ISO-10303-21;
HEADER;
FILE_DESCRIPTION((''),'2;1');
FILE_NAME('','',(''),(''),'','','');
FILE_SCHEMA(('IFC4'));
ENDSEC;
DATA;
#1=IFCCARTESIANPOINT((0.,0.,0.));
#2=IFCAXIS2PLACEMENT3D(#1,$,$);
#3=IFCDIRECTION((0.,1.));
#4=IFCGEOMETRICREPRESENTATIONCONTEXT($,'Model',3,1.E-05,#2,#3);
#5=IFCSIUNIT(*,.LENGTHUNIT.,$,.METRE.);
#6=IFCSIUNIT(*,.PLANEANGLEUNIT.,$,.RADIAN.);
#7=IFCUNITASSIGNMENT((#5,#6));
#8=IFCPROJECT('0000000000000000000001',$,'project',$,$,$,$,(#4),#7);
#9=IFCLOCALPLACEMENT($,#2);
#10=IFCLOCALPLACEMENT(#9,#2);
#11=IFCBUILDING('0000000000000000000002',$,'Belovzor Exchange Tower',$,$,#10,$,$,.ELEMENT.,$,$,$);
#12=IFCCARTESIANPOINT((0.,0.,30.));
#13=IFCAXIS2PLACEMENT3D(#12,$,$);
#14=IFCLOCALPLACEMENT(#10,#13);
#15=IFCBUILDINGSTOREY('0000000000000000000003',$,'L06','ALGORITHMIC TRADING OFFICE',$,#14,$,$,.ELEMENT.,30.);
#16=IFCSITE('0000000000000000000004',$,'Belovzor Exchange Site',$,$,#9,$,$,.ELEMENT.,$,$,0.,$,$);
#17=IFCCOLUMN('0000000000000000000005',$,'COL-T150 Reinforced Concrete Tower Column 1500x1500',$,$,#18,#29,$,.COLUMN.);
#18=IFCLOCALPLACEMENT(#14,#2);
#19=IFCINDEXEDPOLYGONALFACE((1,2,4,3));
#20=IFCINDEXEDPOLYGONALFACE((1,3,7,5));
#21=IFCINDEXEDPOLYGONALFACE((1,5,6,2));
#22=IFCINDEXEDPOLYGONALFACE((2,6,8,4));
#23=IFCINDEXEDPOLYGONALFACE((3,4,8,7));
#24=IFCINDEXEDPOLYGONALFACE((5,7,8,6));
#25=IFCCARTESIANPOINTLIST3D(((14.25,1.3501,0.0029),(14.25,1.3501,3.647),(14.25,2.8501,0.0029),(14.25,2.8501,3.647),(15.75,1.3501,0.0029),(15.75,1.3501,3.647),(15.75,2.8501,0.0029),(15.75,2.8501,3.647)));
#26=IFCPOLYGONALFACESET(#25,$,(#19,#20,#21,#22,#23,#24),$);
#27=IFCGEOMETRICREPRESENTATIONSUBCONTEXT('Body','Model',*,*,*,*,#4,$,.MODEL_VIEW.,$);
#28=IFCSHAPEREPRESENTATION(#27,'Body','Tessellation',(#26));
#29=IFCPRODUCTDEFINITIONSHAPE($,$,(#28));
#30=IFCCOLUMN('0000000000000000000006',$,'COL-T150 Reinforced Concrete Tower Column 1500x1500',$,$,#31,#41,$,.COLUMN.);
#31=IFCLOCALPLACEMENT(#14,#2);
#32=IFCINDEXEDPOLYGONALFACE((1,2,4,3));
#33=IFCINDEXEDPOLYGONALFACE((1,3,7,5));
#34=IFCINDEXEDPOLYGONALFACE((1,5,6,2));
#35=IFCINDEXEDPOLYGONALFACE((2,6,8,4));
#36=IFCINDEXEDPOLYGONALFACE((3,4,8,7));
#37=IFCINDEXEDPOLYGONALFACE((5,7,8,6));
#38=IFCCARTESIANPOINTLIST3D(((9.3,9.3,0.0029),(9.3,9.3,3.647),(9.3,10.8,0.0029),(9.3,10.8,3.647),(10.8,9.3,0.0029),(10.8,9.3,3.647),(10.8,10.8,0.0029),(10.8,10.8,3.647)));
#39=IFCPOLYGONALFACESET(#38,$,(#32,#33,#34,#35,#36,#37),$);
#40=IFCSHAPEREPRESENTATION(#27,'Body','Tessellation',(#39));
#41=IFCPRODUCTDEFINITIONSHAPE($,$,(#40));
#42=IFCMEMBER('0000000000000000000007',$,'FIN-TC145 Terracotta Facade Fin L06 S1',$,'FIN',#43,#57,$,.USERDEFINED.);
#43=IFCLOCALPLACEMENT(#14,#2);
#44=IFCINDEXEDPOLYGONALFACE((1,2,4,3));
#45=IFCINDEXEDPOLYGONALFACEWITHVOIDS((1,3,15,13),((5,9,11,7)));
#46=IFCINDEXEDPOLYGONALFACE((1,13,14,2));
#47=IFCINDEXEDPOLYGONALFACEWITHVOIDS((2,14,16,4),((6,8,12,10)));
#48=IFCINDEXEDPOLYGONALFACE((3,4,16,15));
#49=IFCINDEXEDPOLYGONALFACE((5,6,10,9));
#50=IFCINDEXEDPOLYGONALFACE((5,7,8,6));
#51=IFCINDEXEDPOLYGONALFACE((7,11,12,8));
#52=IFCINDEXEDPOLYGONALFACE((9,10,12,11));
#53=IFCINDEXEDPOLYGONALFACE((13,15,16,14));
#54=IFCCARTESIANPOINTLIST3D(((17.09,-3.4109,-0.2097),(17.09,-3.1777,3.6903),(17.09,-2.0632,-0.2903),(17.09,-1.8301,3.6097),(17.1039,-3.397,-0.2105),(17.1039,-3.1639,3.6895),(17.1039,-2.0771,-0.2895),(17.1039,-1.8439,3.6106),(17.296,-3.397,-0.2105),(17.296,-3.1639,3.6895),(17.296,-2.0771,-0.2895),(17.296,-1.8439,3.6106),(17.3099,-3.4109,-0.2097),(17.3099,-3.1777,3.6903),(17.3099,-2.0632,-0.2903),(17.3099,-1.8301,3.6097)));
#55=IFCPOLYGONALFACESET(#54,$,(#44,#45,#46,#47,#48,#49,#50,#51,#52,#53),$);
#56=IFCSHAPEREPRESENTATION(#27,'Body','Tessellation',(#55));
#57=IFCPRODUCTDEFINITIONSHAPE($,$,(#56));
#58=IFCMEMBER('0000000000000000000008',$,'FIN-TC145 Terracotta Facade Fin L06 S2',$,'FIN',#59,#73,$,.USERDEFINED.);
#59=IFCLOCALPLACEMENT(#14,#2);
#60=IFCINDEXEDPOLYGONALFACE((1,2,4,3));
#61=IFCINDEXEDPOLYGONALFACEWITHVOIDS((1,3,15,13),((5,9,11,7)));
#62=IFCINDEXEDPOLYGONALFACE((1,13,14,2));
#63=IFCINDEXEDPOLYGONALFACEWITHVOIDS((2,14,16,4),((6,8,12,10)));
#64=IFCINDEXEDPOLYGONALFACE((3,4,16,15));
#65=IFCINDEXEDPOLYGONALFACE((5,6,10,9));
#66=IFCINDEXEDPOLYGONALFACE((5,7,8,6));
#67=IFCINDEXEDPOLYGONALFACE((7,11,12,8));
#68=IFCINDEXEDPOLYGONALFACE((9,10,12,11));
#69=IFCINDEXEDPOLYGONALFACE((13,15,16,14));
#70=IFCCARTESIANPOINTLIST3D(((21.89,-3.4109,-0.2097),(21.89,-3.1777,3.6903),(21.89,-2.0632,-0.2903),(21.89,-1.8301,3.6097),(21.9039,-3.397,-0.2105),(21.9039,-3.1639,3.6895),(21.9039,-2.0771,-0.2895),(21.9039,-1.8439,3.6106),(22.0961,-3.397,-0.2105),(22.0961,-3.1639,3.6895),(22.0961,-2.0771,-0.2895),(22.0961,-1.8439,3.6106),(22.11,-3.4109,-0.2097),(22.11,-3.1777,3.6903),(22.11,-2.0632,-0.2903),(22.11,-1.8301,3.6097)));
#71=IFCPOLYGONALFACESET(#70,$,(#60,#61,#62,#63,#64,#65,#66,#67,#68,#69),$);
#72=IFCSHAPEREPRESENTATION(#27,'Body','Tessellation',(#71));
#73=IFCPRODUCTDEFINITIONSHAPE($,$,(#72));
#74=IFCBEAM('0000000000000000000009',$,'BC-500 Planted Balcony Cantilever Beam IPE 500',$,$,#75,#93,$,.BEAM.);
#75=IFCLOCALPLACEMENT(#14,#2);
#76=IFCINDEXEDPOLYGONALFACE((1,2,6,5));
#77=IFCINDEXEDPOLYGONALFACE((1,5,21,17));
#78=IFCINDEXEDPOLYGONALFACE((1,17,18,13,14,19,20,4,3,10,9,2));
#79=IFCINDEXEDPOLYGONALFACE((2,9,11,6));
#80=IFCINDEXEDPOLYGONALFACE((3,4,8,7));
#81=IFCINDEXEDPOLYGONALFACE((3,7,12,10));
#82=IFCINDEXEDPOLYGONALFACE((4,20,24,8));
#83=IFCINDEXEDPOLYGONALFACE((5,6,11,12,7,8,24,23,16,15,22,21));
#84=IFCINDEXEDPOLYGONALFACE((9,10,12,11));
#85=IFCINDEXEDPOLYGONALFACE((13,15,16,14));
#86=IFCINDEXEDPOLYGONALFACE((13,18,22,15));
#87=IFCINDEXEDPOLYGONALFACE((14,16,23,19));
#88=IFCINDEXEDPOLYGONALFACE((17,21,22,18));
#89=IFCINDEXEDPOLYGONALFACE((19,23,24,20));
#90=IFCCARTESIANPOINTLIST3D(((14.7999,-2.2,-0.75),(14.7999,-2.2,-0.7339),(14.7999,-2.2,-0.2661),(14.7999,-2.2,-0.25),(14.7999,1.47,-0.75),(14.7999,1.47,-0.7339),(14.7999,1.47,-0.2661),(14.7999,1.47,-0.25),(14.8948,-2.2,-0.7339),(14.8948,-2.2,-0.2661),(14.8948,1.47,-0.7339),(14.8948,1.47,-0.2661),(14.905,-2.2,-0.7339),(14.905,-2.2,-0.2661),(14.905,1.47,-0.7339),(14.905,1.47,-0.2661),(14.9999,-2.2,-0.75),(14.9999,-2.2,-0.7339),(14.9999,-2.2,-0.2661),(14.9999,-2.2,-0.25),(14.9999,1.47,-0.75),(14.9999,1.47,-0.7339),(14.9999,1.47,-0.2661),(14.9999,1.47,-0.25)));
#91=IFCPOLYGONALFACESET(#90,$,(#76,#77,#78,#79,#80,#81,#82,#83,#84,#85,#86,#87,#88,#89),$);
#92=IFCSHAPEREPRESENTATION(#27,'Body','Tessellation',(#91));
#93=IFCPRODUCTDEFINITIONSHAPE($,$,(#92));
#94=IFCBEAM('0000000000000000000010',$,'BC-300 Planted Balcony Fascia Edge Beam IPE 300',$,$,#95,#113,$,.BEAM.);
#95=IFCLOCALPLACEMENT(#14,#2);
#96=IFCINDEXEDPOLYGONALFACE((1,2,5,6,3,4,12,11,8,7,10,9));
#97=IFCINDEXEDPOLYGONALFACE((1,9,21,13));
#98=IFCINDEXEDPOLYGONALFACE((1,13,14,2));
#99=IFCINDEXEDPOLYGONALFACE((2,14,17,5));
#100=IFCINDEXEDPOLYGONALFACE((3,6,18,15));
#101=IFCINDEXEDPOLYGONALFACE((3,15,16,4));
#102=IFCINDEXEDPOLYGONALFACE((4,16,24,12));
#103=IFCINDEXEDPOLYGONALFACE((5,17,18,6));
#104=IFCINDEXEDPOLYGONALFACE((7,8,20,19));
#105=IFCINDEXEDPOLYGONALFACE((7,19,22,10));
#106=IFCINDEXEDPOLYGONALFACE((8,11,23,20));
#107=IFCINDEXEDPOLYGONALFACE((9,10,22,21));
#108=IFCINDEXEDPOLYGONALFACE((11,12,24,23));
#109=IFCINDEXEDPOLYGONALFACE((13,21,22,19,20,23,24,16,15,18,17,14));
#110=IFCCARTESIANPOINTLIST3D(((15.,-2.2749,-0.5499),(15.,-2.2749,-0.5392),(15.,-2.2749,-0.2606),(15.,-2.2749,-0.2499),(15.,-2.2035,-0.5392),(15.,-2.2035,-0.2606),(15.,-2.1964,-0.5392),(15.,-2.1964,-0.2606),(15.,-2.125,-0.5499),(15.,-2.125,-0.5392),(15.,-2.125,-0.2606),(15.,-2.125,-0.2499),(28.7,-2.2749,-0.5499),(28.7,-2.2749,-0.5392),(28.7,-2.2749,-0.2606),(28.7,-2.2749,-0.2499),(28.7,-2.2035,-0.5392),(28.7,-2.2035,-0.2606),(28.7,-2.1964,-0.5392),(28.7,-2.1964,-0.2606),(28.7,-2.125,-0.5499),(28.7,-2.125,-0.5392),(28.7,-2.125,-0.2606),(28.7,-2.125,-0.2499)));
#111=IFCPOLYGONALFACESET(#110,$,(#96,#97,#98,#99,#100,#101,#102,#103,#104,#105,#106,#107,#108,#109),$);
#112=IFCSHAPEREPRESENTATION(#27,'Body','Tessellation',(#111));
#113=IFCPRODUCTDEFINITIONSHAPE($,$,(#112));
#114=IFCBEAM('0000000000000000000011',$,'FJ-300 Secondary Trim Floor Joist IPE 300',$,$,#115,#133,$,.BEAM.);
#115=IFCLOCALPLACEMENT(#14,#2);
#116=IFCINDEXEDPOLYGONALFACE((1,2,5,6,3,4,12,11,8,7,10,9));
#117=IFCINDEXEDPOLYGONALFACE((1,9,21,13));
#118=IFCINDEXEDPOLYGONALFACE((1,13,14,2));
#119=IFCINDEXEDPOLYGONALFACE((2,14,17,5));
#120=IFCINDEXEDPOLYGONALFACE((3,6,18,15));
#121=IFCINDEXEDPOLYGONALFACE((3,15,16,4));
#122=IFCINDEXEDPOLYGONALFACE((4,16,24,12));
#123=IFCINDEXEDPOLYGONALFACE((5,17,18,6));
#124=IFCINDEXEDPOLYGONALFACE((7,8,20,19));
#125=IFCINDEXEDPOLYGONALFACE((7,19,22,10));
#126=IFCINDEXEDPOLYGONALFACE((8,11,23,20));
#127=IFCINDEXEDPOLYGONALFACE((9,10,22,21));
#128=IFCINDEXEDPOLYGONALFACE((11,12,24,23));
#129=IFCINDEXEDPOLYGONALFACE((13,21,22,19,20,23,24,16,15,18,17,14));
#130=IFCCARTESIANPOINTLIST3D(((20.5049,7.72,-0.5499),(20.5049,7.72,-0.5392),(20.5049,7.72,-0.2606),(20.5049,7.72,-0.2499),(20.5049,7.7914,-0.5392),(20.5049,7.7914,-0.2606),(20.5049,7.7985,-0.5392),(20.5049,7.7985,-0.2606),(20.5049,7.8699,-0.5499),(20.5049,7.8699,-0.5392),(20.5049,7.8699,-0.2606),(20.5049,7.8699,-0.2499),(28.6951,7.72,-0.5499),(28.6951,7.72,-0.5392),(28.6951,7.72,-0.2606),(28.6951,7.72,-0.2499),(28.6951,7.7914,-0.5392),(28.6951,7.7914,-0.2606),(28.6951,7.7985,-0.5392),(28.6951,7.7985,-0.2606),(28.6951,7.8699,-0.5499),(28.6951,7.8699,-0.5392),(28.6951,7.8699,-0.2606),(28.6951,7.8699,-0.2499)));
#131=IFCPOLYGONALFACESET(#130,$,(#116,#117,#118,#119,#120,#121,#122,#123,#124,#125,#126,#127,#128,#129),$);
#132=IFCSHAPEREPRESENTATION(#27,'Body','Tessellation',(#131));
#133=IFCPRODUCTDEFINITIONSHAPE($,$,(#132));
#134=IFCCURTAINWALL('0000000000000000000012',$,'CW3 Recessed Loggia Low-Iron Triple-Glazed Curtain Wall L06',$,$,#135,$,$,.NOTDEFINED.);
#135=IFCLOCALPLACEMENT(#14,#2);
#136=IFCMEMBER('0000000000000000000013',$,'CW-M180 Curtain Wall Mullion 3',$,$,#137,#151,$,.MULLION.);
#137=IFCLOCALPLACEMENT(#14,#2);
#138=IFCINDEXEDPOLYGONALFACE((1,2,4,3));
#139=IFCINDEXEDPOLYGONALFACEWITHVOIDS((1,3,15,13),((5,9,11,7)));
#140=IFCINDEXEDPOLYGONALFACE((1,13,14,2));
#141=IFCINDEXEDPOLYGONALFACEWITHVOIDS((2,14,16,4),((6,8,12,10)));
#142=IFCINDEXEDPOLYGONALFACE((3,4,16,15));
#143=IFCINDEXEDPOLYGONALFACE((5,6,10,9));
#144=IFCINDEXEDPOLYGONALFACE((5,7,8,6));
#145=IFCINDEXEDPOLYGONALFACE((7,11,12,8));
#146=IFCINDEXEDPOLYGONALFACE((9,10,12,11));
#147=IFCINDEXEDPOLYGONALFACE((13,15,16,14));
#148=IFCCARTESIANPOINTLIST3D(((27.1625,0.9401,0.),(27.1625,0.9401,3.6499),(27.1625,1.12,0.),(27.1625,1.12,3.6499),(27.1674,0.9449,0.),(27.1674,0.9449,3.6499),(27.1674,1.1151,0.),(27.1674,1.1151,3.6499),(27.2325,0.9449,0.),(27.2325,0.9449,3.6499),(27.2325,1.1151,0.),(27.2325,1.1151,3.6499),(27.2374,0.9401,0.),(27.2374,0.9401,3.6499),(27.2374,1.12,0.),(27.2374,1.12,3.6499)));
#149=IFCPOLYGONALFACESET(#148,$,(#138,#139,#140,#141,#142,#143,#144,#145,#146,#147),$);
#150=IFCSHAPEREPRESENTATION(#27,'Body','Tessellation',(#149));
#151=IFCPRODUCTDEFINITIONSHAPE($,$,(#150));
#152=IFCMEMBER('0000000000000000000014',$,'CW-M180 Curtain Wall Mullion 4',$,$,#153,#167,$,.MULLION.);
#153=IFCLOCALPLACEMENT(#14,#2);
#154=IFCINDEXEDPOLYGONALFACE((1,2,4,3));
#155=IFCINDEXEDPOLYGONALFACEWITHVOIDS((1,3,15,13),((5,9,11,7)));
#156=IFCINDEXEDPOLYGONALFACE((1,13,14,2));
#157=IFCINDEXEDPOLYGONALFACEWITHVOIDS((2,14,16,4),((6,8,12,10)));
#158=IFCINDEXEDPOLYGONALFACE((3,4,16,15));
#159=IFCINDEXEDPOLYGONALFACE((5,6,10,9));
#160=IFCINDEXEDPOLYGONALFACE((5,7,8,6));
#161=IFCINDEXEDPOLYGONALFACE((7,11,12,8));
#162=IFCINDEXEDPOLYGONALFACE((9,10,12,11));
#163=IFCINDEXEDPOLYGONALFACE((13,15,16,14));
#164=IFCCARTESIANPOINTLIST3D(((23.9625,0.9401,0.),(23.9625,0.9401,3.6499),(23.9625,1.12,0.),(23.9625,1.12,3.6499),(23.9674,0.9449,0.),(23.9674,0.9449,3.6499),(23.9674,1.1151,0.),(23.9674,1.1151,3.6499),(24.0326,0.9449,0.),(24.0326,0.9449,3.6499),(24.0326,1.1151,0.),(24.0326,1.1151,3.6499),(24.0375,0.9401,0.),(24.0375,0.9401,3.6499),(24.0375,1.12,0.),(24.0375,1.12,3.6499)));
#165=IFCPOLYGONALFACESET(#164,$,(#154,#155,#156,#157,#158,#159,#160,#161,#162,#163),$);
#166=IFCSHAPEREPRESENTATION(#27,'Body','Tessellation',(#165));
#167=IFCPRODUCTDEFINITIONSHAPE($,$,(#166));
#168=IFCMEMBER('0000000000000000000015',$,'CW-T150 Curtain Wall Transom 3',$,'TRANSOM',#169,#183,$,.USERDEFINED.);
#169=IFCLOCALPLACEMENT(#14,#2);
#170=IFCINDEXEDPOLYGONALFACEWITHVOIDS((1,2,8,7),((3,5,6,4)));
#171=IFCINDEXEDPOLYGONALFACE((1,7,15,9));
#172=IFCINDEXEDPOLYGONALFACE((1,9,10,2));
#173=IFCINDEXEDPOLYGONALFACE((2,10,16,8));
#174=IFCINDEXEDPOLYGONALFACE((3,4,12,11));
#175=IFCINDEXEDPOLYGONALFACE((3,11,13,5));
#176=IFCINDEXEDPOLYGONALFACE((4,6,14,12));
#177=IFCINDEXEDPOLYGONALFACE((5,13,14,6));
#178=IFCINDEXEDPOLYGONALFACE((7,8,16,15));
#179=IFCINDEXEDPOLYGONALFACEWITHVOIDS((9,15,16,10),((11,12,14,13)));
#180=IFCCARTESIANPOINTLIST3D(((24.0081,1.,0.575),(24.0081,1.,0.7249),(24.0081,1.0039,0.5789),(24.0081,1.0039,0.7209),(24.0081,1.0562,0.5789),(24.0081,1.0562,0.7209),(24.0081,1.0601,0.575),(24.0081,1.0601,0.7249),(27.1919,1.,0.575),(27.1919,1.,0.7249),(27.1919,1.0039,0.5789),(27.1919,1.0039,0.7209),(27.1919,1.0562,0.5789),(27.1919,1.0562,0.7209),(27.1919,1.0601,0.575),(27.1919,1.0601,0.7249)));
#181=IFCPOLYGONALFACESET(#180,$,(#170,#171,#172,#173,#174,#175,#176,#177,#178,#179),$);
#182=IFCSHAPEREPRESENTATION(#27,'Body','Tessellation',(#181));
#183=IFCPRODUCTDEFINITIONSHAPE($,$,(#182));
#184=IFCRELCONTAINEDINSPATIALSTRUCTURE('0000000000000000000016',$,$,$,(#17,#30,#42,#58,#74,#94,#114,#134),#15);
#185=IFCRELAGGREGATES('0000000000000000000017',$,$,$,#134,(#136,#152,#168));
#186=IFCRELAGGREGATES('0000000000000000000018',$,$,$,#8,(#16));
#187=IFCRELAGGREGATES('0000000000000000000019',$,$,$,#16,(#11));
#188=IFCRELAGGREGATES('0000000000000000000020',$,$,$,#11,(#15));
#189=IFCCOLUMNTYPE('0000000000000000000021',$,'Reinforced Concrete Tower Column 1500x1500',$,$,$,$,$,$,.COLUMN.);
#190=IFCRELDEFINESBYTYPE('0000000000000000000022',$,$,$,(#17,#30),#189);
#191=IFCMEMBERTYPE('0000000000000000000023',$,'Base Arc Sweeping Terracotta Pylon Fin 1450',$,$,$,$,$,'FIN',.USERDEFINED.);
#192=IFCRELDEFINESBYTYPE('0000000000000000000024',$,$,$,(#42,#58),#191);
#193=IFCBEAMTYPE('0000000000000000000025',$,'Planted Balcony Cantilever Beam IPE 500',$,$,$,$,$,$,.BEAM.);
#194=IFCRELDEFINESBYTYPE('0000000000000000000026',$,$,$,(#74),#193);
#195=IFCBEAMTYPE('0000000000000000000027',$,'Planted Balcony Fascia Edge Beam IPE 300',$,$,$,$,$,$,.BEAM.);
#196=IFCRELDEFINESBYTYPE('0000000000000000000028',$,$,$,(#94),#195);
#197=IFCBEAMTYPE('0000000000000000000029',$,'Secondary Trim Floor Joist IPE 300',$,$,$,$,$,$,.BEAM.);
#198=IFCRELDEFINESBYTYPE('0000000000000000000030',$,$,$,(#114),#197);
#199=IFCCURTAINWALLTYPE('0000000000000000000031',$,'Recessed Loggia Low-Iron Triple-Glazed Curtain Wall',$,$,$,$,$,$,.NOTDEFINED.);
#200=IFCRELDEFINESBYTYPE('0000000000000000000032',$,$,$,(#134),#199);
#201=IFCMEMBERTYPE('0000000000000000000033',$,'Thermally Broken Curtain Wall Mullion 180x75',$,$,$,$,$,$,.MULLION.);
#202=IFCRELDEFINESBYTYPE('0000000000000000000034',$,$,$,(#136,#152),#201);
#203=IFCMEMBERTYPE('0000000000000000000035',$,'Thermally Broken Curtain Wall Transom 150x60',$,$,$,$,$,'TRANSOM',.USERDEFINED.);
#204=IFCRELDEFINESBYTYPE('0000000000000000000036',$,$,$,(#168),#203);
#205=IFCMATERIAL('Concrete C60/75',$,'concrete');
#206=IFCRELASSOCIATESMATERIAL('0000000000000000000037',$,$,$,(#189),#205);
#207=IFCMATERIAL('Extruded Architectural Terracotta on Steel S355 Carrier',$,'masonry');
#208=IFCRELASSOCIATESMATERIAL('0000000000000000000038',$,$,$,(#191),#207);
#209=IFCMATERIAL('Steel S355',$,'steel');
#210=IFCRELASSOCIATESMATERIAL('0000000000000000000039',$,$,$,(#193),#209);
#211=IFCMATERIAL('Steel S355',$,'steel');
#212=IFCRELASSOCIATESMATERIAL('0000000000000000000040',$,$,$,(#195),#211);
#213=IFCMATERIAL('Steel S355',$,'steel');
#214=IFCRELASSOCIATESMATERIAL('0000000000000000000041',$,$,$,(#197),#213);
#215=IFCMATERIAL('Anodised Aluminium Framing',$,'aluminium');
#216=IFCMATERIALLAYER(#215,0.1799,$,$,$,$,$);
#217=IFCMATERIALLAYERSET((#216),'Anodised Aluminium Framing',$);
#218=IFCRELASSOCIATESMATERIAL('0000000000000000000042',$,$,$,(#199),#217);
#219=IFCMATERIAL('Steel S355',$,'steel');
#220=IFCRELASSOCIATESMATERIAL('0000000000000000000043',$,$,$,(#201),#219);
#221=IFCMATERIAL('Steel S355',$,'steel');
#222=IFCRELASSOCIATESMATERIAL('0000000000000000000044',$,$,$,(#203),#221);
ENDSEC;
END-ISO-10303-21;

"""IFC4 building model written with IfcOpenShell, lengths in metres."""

from ifc_helpers import new_model, si_unit, direction, frame, origin, origin_2d, place, context, subcontext, project, spatial, rectangle, hollow_rectangle, i_section, extrude, material, layer, layer_set, material_profile, profile_set, type_object, element, aggregate, save


model = new_model("IFC4")

# Units and contexts
model_context = context("Model", 3, precision=1e-05, world=origin(), true_north=direction((0.0, 1.0)))
body_context = subcontext(model_context, "Body", "Model", "MODEL_VIEW")
ifc_project = project(units=[si_unit("LENGTHUNIT", "METRE"), si_unit("PLANEANGLEUNIT", "RADIAN")], contexts=[model_context])

# Site, building, storey
site_placement = place(None, origin())
site = spatial("IfcSite", under=ifc_project, at=site_placement, Name="Belovzor Exchange Site", CompositionType="ELEMENT", RefElevation=0.0)
building_placement = place(site_placement, origin())
building = spatial("IfcBuilding", under=site, at=building_placement, Name="Belovzor Exchange Tower", CompositionType="ELEMENT")
storey_placement = place(building_placement, frame((0.0, 0.0, 30.0)))
storey = spatial("IfcBuildingStorey", under=building, at=storey_placement, Name="L06", Description="ALGORITHMIC TRADING OFFICE", CompositionType="ELEMENT", Elevation=30.0)

# Columns
ifc_material_1 = material(Name="Concrete C60/75", Category="concrete")
ifc_material_profile_1 = material_profile(ifc_material_1, rectangle(XDim=1.5, YDim=1.5, at=origin_2d()))
ifc_profile_set_1 = profile_set([ifc_material_profile_1], Name="Concrete C60/75")
column_type = type_object("IfcColumnType", Name="Reinforced Concrete Tower Column 1500x1500", PredefinedType="COLUMN", material=ifc_profile_set_1)
for number, where, z_axis, x_axis, name in (
    (1, (15.0, 2.1001, 0.0029), (0.0, 0.0, 1.0), (1.0, 0.0, 0.0), "COL-T150 Reinforced Concrete Tower Column 1500x1500"),
    (2, (10.05, 10.05, 0.0029), (0.0, 0.0, 1.0), (1.0, 0.0, 0.0), "COL-T150 Reinforced Concrete Tower Column 1500x1500"),
):
    element("IfcColumn", number, at=place(storey_placement, frame(where, z_axis=z_axis, x_axis=x_axis)), inside=storey, type_object=column_type, Name=name, PredefinedType="COLUMN", context=body_context, shape_type="SweptSolid", body=[
        extrude(rectangle(XDim=1.5, YDim=1.5, at=origin_2d()), origin(), (0.0, 0.0, 1.0), 3.644),
    ])

# Members
ifc_material_2 = material(Name="Extruded Architectural Terracotta on Steel S355 Carrier", Category="masonry")
ifc_material_profile_2 = material_profile(ifc_material_2, hollow_rectangle(XDim=0.22, YDim=1.3501, WallThickness=0.0139, at=origin_2d()))
ifc_profile_set_2 = profile_set([ifc_material_profile_2], Name="Extruded Architectural Terracotta on Steel S355 Carrier")
member_type_1 = type_object("IfcMemberType", Name="Base Arc Sweeping Terracotta Pylon Fin 1450", ElementType="FIN", PredefinedType="USERDEFINED", material=ifc_profile_set_2)
for number, where, z_axis, x_axis, name in (
    (3, (17.2, -2.7371, -0.25), (0.0, 0.059678, 0.998218), (-1.0, 0.0, 0.0), "FIN-TC145 Terracotta Facade Fin L06 S1"),
    (4, (22.0, -2.7371, -0.25), (0.0, 0.059678, 0.998218), (-1.0, 0.0, 0.0), "FIN-TC145 Terracotta Facade Fin L06 S2"),
):
    element("IfcMember", number, at=place(storey_placement, frame(where, z_axis=z_axis, x_axis=x_axis)), inside=storey, type_object=member_type_1, Name=name, ObjectType="FIN", PredefinedType="USERDEFINED", context=body_context, shape_type="SweptSolid", body=[
        extrude(hollow_rectangle(XDim=0.22, YDim=1.3501, WallThickness=0.0139, at=origin_2d()), origin(), (0.0, 0.0, 1.0), 3.907),
    ])

# Beams
ifc_material_3 = material(Name="Steel S355", Category="steel")
ifc_material_profile_3 = material_profile(ifc_material_3, i_section(OverallWidth=0.2, OverallDepth=0.5, WebThickness=0.0103, FlangeThickness=0.0161, at=origin_2d()))
ifc_profile_set_3 = profile_set([ifc_material_profile_3], Name="Steel S355")
beam_type_1 = type_object("IfcBeamType", Name="Planted Balcony Cantilever Beam IPE 500", PredefinedType="BEAM", material=ifc_profile_set_3)
beam_1_placement = place(storey_placement, frame((14.8999, 1.47, -0.5), z_axis=(0.0, -1.0, 0.0), x_axis=(1.0, 0.0, 0.0)))
element("IfcBeam", 5, at=beam_1_placement, inside=storey, type_object=beam_type_1, Name="BC-500 Planted Balcony Cantilever Beam IPE 500", PredefinedType="BEAM", context=body_context, shape_type="SweptSolid", body=[
    extrude(i_section(OverallWidth=0.2, OverallDepth=0.5, WebThickness=0.0103, FlangeThickness=0.0161, at=origin_2d()), origin(), (0.0, 0.0, 1.0), 3.6699),
])
ifc_material_4 = material(Name="Steel S355", Category="steel")
ifc_material_profile_4 = material_profile(ifc_material_4, i_section(OverallWidth=0.1499, OverallDepth=0.3, WebThickness=0.0071, FlangeThickness=0.0107, at=origin_2d()))
ifc_profile_set_4 = profile_set([ifc_material_profile_4], Name="Steel S355")
beam_type_2 = type_object("IfcBeamType", Name="Planted Balcony Fascia Edge Beam IPE 300", PredefinedType="BEAM", material=ifc_profile_set_4)
beam_2_placement = place(storey_placement, frame((15.0, -2.2, -0.3999), z_axis=(1.0, 0.0, 0.0), x_axis=(0.0, 1.0, 0.0)))
element("IfcBeam", 6, at=beam_2_placement, inside=storey, type_object=beam_type_2, Name="BC-300 Planted Balcony Fascia Edge Beam IPE 300", PredefinedType="BEAM", context=body_context, shape_type="SweptSolid", body=[
    extrude(i_section(OverallWidth=0.1499, OverallDepth=0.3, WebThickness=0.0071, FlangeThickness=0.0107, at=origin_2d()), origin(), (0.0, 0.0, 1.0), 13.7),
])
ifc_material_5 = material(Name="Steel S355", Category="steel")
ifc_material_profile_5 = material_profile(ifc_material_5, i_section(OverallWidth=0.1499, OverallDepth=0.3, WebThickness=0.0071, FlangeThickness=0.0107, at=origin_2d()))
ifc_profile_set_5 = profile_set([ifc_material_profile_5], Name="Steel S355")
beam_type_3 = type_object("IfcBeamType", Name="Secondary Trim Floor Joist IPE 300", PredefinedType="BEAM", material=ifc_profile_set_5)
beam_3_placement = place(storey_placement, frame((20.5049, 7.7949, -0.3999), z_axis=(1.0, 0.0, 0.0), x_axis=(0.0, 1.0, 0.0)))
element("IfcBeam", 7, at=beam_3_placement, inside=storey, type_object=beam_type_3, Name="FJ-300 Secondary Trim Floor Joist IPE 300", PredefinedType="BEAM", context=body_context, shape_type="SweptSolid", body=[
    extrude(i_section(OverallWidth=0.1499, OverallDepth=0.3, WebThickness=0.0071, FlangeThickness=0.0107, at=origin_2d()), origin(), (0.0, 0.0, 1.0), 8.1902),
])

# Curtain wall, members
ifc_material_6 = material(Name="Anodised Aluminium Framing", Category="aluminium")
ifc_layer_1 = layer(ifc_material_6, 0.1799)
ifc_layer_set_1 = layer_set([ifc_layer_1], Name="Anodised Aluminium Framing")
curtain_wall_type = type_object("IfcCurtainWallType", Name="Recessed Loggia Low-Iron Triple-Glazed Curtain Wall", PredefinedType="NOTDEFINED", material=ifc_layer_set_1)
curtain_wall_placement = place(storey_placement, origin())
curtain_wall = element("IfcCurtainWall", 8, at=curtain_wall_placement, inside=storey, type_object=curtain_wall_type, Name="CW3 Recessed Loggia Low-Iron Triple-Glazed Curtain Wall L06", PredefinedType="NOTDEFINED")
ifc_material_7 = material(Name="Steel S355", Category="steel")
ifc_material_profile_6 = material_profile(ifc_material_7, hollow_rectangle(XDim=0.075, YDim=0.1799, WallThickness=0.0049, at=origin_2d()))
ifc_profile_set_6 = profile_set([ifc_material_profile_6], Name="Steel S355")
member_type_2 = type_object("IfcMemberType", Name="Thermally Broken Curtain Wall Mullion 180x75", PredefinedType="MULLION", material=ifc_profile_set_6)
member_1_placement = place(storey_placement, frame((27.2, 1.03, 0.0), z_axis=(0.0, 0.0, 1.0), x_axis=(-1.0, 0.0, 0.0)))
member_1 = element("IfcMember", 9, at=member_1_placement, type_object=member_type_2, Name="CW-M180 Curtain Wall Mullion 3", PredefinedType="MULLION", context=body_context, shape_type="SweptSolid", body=[
    extrude(hollow_rectangle(XDim=0.075, YDim=0.1799, WallThickness=0.0049, at=origin_2d()), origin(), (0.0, 0.0, 1.0), 3.6499),
])
member_2_placement = place(storey_placement, frame((24.0, 1.03, 0.0), z_axis=(0.0, 0.0, 1.0), x_axis=(-1.0, 0.0, 0.0)))
member_2 = element("IfcMember", 10, at=member_2_placement, type_object=member_type_2, Name="CW-M180 Curtain Wall Mullion 4", PredefinedType="MULLION", context=body_context, shape_type="SweptSolid", body=[
    extrude(hollow_rectangle(XDim=0.075, YDim=0.1799, WallThickness=0.0049, at=origin_2d()), origin(), (0.0, 0.0, 1.0), 3.6499),
])
ifc_material_8 = material(Name="Steel S355", Category="steel")
ifc_material_profile_7 = material_profile(ifc_material_8, hollow_rectangle(XDim=0.0601, YDim=0.1499, WallThickness=0.0039, at=origin_2d()))
ifc_profile_set_7 = profile_set([ifc_material_profile_7], Name="Steel S355")
member_type_3 = type_object("IfcMemberType", Name="Thermally Broken Curtain Wall Transom 150x60", ElementType="TRANSOM", PredefinedType="USERDEFINED", material=ifc_profile_set_7)
member_3_placement = place(storey_placement, frame((27.1919, 1.03, 0.6499), z_axis=(-1.0, 0.0, 0.0), x_axis=(0.0, -1.0, 0.0)))
member_3 = element("IfcMember", 11, at=member_3_placement, type_object=member_type_3, Name="CW-T150 Curtain Wall Transom 3", ObjectType="TRANSOM", PredefinedType="USERDEFINED", context=body_context, shape_type="SweptSolid", body=[
    extrude(hollow_rectangle(XDim=0.0601, YDim=0.1499, WallThickness=0.0039, at=origin_2d()), origin(), (0.0, 0.0, 1.0), 3.1838),
])

aggregate(curtain_wall, [member_1, member_2, member_3])

save(model, "model.ifc")
